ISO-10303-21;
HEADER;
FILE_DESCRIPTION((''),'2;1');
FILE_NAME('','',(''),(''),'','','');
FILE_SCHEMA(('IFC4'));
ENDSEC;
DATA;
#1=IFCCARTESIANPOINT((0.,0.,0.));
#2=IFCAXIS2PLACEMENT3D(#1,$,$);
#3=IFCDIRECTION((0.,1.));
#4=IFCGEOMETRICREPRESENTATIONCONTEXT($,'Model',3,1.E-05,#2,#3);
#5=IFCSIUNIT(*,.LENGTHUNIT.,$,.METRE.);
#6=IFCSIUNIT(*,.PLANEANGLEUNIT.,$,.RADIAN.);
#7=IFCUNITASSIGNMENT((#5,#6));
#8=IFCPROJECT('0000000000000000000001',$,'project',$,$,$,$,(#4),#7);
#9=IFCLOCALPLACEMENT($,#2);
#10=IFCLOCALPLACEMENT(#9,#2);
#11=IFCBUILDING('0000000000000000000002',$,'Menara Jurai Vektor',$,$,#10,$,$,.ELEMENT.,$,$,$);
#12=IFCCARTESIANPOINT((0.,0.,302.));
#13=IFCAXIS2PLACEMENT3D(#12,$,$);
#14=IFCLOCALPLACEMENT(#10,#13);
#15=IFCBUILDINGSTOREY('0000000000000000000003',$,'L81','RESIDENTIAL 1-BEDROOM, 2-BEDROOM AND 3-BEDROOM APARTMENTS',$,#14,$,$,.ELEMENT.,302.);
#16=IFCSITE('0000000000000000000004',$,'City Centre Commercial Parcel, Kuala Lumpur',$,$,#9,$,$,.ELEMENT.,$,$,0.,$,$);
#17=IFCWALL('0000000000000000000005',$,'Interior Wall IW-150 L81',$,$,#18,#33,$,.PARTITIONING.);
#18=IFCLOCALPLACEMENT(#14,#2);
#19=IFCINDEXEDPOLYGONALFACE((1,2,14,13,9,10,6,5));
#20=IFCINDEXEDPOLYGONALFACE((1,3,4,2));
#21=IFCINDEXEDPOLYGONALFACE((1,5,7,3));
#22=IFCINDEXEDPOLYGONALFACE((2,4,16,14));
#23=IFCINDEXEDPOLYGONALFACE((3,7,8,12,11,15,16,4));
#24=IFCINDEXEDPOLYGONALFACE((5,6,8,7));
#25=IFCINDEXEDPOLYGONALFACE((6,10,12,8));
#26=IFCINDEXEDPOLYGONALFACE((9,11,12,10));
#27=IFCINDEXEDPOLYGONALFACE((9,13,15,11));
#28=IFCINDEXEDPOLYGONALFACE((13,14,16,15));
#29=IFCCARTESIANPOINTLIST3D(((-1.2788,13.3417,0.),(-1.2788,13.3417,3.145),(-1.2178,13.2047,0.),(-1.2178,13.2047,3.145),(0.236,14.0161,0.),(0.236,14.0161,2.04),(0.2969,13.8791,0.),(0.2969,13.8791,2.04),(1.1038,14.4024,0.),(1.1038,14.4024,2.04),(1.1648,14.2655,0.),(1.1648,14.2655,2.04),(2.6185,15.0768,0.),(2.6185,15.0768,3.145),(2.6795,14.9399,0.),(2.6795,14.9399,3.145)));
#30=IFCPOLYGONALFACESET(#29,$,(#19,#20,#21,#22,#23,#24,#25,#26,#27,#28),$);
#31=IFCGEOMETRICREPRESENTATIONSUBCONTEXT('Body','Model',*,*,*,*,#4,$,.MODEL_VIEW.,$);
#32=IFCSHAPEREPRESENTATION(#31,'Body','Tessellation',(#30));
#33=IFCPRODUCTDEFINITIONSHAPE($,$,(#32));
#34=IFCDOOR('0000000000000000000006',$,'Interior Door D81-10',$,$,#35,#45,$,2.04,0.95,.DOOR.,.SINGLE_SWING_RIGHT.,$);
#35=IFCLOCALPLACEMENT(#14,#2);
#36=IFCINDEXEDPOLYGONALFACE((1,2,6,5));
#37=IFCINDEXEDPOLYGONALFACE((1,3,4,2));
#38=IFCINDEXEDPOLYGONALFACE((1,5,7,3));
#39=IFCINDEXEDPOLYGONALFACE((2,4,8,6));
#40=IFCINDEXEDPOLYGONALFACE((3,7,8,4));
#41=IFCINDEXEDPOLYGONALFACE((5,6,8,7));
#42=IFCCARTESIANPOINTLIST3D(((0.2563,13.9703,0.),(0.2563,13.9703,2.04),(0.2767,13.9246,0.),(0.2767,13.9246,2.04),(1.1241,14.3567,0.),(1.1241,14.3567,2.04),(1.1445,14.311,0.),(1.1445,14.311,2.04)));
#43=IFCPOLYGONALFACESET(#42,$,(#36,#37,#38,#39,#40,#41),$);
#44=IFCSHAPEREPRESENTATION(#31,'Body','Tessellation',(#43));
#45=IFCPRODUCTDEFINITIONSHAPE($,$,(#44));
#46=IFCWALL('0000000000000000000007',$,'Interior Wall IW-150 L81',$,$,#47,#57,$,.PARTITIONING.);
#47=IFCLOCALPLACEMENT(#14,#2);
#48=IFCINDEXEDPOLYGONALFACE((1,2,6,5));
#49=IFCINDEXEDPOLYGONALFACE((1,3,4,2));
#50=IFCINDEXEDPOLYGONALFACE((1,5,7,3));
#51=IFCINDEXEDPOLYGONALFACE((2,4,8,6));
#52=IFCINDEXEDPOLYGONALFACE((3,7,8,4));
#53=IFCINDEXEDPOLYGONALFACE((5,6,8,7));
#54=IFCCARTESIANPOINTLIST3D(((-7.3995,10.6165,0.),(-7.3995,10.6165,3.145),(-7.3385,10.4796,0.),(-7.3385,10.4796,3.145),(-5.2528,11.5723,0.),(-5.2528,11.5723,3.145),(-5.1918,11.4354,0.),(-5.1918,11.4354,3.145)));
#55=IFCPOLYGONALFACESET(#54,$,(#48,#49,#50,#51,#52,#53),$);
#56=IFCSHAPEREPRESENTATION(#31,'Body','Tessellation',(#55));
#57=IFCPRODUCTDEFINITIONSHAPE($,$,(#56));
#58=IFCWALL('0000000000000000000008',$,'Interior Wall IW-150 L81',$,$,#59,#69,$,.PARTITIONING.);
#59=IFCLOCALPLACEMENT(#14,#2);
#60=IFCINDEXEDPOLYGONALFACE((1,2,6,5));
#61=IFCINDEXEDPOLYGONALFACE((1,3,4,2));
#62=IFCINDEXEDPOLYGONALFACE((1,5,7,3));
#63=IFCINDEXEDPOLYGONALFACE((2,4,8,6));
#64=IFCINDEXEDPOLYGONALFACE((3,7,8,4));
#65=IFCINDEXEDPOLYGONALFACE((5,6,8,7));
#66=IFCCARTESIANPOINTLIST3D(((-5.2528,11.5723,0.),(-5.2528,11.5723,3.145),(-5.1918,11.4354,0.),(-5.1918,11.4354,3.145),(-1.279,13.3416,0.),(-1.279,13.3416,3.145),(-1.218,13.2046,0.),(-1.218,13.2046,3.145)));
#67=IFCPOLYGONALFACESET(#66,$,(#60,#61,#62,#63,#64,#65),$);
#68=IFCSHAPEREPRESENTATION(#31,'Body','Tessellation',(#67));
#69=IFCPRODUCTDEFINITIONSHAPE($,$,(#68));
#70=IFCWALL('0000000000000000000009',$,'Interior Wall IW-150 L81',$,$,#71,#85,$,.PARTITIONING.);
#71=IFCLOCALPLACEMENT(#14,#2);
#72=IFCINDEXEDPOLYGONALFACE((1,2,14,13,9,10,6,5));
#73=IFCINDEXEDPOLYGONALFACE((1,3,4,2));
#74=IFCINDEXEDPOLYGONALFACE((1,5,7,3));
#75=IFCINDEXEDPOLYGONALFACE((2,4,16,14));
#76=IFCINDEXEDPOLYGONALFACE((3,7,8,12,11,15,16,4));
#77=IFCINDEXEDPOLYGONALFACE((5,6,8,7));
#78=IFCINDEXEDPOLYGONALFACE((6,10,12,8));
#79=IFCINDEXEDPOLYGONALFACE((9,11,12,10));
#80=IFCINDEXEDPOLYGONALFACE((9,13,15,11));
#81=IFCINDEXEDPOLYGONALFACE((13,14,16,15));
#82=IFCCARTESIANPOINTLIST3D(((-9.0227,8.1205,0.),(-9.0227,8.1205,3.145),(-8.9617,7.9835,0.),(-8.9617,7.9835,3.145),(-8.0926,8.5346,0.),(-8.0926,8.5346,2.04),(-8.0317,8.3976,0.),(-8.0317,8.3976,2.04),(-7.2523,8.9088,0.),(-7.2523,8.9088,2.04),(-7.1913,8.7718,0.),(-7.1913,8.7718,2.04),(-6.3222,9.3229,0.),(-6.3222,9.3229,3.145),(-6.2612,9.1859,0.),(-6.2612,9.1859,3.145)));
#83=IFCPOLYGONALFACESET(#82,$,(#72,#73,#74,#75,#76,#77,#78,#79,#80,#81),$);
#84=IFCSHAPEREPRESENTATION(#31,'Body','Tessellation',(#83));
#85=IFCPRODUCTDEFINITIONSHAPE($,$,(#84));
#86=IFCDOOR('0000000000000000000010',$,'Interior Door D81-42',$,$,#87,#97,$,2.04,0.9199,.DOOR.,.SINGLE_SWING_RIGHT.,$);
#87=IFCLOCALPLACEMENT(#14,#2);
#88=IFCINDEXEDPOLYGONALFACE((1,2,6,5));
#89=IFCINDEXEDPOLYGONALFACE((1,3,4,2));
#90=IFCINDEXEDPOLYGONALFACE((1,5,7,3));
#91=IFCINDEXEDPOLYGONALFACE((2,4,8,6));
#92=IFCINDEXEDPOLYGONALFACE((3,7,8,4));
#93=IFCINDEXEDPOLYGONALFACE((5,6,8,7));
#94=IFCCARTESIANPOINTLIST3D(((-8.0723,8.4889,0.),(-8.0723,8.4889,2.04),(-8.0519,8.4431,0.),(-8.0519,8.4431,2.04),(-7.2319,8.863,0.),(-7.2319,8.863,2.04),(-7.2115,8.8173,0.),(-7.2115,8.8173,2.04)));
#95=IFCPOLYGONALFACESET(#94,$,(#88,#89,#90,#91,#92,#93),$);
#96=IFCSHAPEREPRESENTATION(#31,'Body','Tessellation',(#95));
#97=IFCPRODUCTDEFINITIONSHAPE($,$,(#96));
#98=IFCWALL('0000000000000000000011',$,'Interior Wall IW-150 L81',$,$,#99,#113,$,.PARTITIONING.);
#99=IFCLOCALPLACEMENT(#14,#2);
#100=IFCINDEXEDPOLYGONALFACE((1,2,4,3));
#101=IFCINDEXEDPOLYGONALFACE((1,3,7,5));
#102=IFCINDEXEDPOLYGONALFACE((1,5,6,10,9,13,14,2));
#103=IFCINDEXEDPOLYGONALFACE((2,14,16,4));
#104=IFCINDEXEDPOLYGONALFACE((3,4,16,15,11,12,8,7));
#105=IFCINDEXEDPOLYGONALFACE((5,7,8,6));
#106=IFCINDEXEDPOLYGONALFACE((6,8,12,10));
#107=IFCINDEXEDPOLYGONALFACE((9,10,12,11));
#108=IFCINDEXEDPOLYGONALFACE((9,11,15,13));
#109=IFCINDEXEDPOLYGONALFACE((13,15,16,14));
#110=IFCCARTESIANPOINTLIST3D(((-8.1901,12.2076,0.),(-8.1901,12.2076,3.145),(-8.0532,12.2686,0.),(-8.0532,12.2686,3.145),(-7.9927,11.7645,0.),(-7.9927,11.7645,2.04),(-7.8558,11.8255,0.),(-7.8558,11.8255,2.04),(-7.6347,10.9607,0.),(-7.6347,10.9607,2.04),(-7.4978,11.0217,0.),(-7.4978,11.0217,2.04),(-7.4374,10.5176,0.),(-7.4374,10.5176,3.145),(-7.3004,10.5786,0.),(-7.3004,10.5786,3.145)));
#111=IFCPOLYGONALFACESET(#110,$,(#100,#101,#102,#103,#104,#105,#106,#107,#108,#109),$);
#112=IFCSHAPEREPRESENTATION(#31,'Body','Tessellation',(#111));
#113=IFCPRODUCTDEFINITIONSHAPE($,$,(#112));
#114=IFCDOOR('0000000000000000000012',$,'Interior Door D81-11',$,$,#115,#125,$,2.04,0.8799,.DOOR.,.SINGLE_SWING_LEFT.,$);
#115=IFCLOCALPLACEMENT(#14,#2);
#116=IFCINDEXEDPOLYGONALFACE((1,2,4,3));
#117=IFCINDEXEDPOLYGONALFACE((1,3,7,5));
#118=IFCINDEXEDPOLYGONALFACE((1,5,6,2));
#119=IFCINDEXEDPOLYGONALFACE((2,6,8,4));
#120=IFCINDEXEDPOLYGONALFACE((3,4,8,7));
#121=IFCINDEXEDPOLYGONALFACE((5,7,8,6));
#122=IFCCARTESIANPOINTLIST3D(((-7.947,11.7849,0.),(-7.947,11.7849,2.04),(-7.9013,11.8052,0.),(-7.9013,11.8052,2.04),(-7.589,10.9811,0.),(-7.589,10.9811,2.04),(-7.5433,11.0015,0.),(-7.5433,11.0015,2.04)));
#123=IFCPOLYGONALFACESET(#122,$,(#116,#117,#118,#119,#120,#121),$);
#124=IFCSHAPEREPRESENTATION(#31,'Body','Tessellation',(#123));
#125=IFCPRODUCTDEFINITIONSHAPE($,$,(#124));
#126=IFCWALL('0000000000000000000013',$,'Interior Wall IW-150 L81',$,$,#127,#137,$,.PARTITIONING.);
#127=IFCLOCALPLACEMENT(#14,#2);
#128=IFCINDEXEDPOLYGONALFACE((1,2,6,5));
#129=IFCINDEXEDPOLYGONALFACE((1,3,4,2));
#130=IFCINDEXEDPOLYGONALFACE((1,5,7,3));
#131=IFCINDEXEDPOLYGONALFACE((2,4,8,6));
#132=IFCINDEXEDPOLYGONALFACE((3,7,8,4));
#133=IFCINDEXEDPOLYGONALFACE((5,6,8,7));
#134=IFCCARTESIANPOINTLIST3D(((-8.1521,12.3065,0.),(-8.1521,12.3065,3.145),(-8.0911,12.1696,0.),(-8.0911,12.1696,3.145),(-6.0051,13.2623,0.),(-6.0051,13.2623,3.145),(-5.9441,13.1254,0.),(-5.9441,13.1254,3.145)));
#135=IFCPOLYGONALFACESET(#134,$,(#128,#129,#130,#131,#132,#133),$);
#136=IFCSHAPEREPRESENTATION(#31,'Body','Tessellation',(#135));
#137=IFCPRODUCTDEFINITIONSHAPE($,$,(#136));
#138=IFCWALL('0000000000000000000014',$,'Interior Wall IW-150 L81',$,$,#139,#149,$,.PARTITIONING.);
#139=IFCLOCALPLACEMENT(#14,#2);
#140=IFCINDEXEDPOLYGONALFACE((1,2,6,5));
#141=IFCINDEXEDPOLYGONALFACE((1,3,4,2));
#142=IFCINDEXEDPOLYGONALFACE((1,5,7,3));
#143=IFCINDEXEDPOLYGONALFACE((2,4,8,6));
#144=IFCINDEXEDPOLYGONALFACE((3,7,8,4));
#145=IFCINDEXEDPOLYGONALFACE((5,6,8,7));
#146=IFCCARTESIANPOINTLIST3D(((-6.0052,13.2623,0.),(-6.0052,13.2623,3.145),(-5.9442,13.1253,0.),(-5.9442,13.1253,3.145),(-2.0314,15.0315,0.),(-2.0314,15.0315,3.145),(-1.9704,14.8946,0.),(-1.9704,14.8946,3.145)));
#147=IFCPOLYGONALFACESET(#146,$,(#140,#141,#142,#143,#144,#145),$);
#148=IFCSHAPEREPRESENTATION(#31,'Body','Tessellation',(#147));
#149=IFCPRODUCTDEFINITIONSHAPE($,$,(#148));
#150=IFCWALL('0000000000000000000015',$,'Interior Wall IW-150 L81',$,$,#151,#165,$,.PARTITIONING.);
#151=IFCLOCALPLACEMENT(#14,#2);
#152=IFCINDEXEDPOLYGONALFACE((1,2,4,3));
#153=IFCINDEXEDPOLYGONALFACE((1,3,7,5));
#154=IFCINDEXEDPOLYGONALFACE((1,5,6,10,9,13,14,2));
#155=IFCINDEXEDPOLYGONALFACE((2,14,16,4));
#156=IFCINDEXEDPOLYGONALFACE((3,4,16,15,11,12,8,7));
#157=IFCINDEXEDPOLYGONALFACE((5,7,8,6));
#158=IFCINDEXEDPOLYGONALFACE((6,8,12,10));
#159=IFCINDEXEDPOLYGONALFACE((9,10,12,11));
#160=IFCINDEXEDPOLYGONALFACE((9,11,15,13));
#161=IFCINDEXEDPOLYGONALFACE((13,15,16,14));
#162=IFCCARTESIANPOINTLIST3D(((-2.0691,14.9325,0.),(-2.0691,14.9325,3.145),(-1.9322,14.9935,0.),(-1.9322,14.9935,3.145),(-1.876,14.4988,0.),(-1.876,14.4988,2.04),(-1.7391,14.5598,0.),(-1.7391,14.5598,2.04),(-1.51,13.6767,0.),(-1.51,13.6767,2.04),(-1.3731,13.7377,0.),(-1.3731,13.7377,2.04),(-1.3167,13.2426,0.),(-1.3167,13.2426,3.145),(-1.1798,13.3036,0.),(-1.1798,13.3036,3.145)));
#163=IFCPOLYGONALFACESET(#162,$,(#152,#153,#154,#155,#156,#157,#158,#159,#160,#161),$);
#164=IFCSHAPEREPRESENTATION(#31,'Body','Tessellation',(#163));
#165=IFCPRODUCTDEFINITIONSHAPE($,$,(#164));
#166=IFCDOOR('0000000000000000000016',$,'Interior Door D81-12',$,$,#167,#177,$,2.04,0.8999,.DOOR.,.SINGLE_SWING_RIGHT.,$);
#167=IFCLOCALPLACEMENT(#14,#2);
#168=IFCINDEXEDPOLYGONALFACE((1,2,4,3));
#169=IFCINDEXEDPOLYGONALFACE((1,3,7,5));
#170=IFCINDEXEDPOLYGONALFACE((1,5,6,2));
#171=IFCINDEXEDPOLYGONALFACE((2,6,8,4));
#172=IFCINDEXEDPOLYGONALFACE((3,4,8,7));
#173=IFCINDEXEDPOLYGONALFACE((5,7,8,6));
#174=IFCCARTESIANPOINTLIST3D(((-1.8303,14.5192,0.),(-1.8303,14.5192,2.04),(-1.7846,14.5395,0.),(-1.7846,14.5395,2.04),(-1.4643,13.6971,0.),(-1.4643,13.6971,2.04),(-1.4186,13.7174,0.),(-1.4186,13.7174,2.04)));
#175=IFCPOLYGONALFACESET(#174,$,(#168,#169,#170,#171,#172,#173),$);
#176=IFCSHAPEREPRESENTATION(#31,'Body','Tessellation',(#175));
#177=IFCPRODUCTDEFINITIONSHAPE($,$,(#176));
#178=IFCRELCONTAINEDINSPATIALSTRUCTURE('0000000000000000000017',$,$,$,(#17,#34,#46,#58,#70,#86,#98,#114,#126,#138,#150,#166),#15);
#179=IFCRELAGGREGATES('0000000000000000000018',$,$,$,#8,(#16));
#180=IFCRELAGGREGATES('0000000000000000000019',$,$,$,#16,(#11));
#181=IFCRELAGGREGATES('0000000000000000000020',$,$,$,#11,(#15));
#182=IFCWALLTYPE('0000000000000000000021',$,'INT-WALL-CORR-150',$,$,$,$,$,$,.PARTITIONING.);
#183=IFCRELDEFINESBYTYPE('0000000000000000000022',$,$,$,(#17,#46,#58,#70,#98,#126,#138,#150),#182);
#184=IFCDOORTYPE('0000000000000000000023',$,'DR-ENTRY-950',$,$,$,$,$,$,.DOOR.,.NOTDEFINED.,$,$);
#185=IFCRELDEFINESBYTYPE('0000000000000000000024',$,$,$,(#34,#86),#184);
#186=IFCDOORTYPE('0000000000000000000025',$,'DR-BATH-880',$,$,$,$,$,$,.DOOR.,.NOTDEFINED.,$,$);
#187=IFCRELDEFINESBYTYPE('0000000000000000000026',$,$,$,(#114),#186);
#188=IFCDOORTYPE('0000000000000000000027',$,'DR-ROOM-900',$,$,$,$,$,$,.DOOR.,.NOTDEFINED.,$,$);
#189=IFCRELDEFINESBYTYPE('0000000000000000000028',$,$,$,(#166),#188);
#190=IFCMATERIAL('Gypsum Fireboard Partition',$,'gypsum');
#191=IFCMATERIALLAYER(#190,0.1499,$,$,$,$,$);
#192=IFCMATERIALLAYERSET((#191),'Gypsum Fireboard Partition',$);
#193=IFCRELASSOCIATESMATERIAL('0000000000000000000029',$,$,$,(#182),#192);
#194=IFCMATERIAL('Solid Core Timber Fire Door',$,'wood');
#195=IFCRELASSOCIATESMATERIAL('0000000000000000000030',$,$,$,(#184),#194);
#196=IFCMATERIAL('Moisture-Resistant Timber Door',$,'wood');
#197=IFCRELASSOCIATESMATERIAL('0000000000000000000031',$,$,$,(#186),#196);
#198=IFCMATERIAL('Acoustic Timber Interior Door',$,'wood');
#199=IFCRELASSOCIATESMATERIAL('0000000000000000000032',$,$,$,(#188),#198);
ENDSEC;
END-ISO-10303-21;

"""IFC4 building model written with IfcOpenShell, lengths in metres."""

from ifc_helpers import new_model, si_unit, direction, frame, frame_2d, origin, place, context, subcontext, project, spatial, rectangle, extrude, material, layer, layer_set, type_object, element, fill, save


model = new_model("IFC4")

# Units and contexts
model_context = context("Model", 3, precision=1e-05, world=origin(), true_north=direction((0.0, 1.0)))
body_context = subcontext(model_context, "Body", "Model", "MODEL_VIEW")
ifc_project = project(units=[si_unit("LENGTHUNIT", "METRE"), si_unit("PLANEANGLEUNIT", "RADIAN")], contexts=[model_context])

# Site, building, storey
site_placement = place(None, origin())
site = spatial("IfcSite", under=ifc_project, at=site_placement, Name="City Centre Commercial Parcel, Kuala Lumpur", CompositionType="ELEMENT", RefElevation=0.0)
building_placement = place(site_placement, origin())
building = spatial("IfcBuilding", under=site, at=building_placement, Name="Menara Jurai Vektor", CompositionType="ELEMENT")
storey_placement = place(building_placement, frame((0.0, 0.0, 302.0)))
storey = spatial("IfcBuildingStorey", under=building, at=storey_placement, Name="L81", Description="RESIDENTIAL 1-BEDROOM, 2-BEDROOM AND 3-BEDROOM APARTMENTS", CompositionType="ELEMENT", Elevation=302.0)

# Shared definitions
ifc_material_1 = material(Name="Gypsum Fireboard Partition", Category="gypsum")
ifc_layer_1 = layer(ifc_material_1, 0.1499)
ifc_layer_set_1 = layer_set([ifc_layer_1], Name="Gypsum Fireboard Partition")
wall_type_1 = type_object("IfcWallType", Name="INT-WALL-CORR-150", PredefinedType="PARTITIONING", material=ifc_layer_set_1)

# Wall, opening, door
wall_1_placement = place(storey_placement, frame((-1.2483, 13.2732, 0.0), z_axis=(0.0, 0.0, 1.0), x_axis=(0.913549, 0.406728, 0.0)))
wall_1 = element("IfcWall", 1, at=wall_1_placement, inside=storey, type_object=wall_type_1, Name="Interior Wall IW-150 L81", PredefinedType="PARTITIONING", context=body_context, shape_type="SweptSolid", body=[
    extrude(rectangle(XDim=4.2661, YDim=0.1499, at=frame_2d((2.1331, 0.0))), origin(), (0.0, 0.0, 1.0), 3.145),
])
opening_1_placement = place(wall_1_placement, frame((1.658, 0.0, 0.0)))
opening_1 = element("IfcOpeningElement", 2, at=opening_1_placement, cuts=wall_1, PredefinedType="OPENING", context=body_context, shape_type="SweptSolid", body=[
    extrude(rectangle(XDim=0.95, YDim=2.04, at=frame_2d((0.4751, 1.02))), frame((0.0, 0.085, 0.0), z_axis=(0.0, -1.0, 0.0), x_axis=(1.0, 0.0, 0.0)), (0.0, 0.0, 1.0), 0.1699),
])
ifc_material_2 = material(Name="Solid Core Timber Fire Door", Category="wood")
door_type_1 = type_object("IfcDoorType", Name="DR-ENTRY-950", OperationType="NOTDEFINED", PredefinedType="DOOR", material=ifc_material_2)
door_1_placement = place(opening_1_placement, origin())
door_1 = element("IfcDoor", 3, at=door_1_placement, inside=storey, type_object=door_type_1, Name="Interior Door D81-10", OperationType="SINGLE_SWING_RIGHT", OverallHeight=2.04, OverallWidth=0.95, PredefinedType="DOOR", context=body_context, shape_type="SweptSolid", body=[
    extrude(rectangle(XDim=0.95, YDim=2.04, at=frame_2d((0.4751, 1.02))), frame((0.0, 0.0249, 0.0), z_axis=(0.0, -1.0, 0.0), x_axis=(1.0, 0.0, 0.0)), (0.0, 0.0, 1.0), 0.05),
])
fill(opening_1, door_1)

# Walls
wall_2_placement = place(storey_placement, frame((-7.3689, 10.5481, 0.0), z_axis=(0.0, 0.0, 1.0), x_axis=(0.913541, 0.406746, 0.0)))
element("IfcWall", 4, at=wall_2_placement, inside=storey, type_object=wall_type_1, Name="Interior Wall IW-150 L81", PredefinedType="PARTITIONING", context=body_context, shape_type="SweptSolid", body=[
    extrude(rectangle(XDim=2.3499, YDim=0.1499, at=frame_2d((1.1748, 0.0))), origin(), (0.0, 0.0, 1.0), 3.145),
])
wall_3_placement = place(storey_placement, frame((-5.2222, 11.5039, 0.0), z_axis=(0.0, 0.0, 1.0), x_axis=(0.913545, 0.406737, 0.0)))
element("IfcWall", 5, at=wall_3_placement, inside=storey, type_object=wall_type_1, Name="Interior Wall IW-150 L81", PredefinedType="PARTITIONING", context=body_context, shape_type="SweptSolid", body=[
    extrude(rectangle(XDim=4.3499, YDim=0.1499, at=frame_2d((2.1748, 0.0))), origin(), (0.0, 0.0, 1.0), 3.145),
])

# Walls, openings, doors
wall_4_placement = place(storey_placement, frame((-8.9922, 8.052, 0.0), z_axis=(0.0, 0.0, 1.0), x_axis=(0.913535, 0.406759, 0.0)))
wall_4 = element("IfcWall", 6, at=wall_4_placement, inside=storey, type_object=wall_type_1, Name="Interior Wall IW-150 L81", PredefinedType="PARTITIONING", context=body_context, shape_type="SweptSolid", body=[
    extrude(rectangle(XDim=2.9561, YDim=0.1499, at=frame_2d((1.478, 0.0))), origin(), (0.0, 0.0, 1.0), 3.145),
])
opening_2_placement = place(wall_4_placement, frame((1.0181, 0.0, 0.0)))
opening_2 = element("IfcOpeningElement", 7, at=opening_2_placement, cuts=wall_4, PredefinedType="OPENING", context=body_context, shape_type="SweptSolid", body=[
    extrude(rectangle(XDim=0.9199, YDim=2.04, at=frame_2d((0.46, 1.02))), frame((0.0, 0.085, 0.0), z_axis=(0.0, -1.0, 0.0), x_axis=(1.0, 0.0, 0.0)), (0.0, 0.0, 1.0), 0.1699),
])
door_2_placement = place(opening_2_placement, origin())
door_2 = element("IfcDoor", 8, at=door_2_placement, inside=storey, type_object=door_type_1, Name="Interior Door D81-42", OperationType="SINGLE_SWING_RIGHT", OverallHeight=2.04, OverallWidth=0.9199, PredefinedType="DOOR", context=body_context, shape_type="SweptSolid", body=[
    extrude(rectangle(XDim=0.9199, YDim=2.04, at=frame_2d((0.46, 1.02))), frame((0.0, 0.0249, 0.0), z_axis=(0.0, -1.0, 0.0), x_axis=(1.0, 0.0, 0.0)), (0.0, 0.0, 1.0), 0.05),
])
fill(opening_2, door_2)
wall_5_placement = place(storey_placement, frame((-7.3689, 10.5481, 0.0), z_axis=(0.0, 0.0, 1.0), x_axis=(-0.406861, 0.91349, 0.0)))
wall_5 = element("IfcWall", 9, at=wall_5_placement, inside=storey, type_object=wall_type_1, Name="Interior Wall IW-150 L81", PredefinedType="PARTITIONING", context=body_context, shape_type="SweptSolid", body=[
    extrude(rectangle(XDim=1.8501, YDim=0.1499, at=frame_2d((0.925, 0.0))), origin(), (0.0, 0.0, 1.0), 3.145),
])
opening_3_placement = place(wall_5_placement, frame((0.4851, 0.0, 0.0)))
opening_3 = element("IfcOpeningElement", 10, at=opening_3_placement, cuts=wall_5, PredefinedType="OPENING", context=body_context, shape_type="SweptSolid", body=[
    extrude(rectangle(XDim=0.8799, YDim=2.04, at=frame_2d((0.4399, 1.02))), frame((0.0, 0.085, 0.0), z_axis=(0.0, -1.0, 0.0), x_axis=(1.0, 0.0, 0.0)), (0.0, 0.0, 1.0), 0.1699),
])
ifc_material_3 = material(Name="Moisture-Resistant Timber Door", Category="wood")
door_type_2 = type_object("IfcDoorType", Name="DR-BATH-880", OperationType="NOTDEFINED", PredefinedType="DOOR", material=ifc_material_3)
door_3_placement = place(opening_3_placement, origin())
door_3 = element("IfcDoor", 11, at=door_3_placement, inside=storey, type_object=door_type_2, Name="Interior Door D81-11", OperationType="SINGLE_SWING_LEFT", OverallHeight=2.04, OverallWidth=0.8799, PredefinedType="DOOR", context=body_context, shape_type="SweptSolid", body=[
    extrude(rectangle(XDim=0.8799, YDim=2.04, at=frame_2d((0.4399, 1.02))), frame((0.0, 0.0249, 0.0), z_axis=(0.0, -1.0, 0.0), x_axis=(1.0, 0.0, 0.0)), (0.0, 0.0, 1.0), 0.05),
])
fill(opening_3, door_3)

# Walls
wall_6_placement = place(storey_placement, frame((-8.1216, 12.238, 0.0), z_axis=(0.0, 0.0, 1.0), x_axis=(0.913559, 0.406707, 0.0)))
element("IfcWall", 12, at=wall_6_placement, inside=storey, type_object=wall_type_1, Name="Interior Wall IW-150 L81", PredefinedType="PARTITIONING", context=body_context, shape_type="SweptSolid", body=[
    extrude(rectangle(XDim=2.3501, YDim=0.1499, at=frame_2d((1.175, 0.0))), origin(), (0.0, 0.0, 1.0), 3.145),
])
wall_7_placement = place(storey_placement, frame((-5.9746, 13.1938, 0.0), z_axis=(0.0, 0.0, 1.0), x_axis=(0.913545, 0.406737, 0.0)))
element("IfcWall", 13, at=wall_7_placement, inside=storey, type_object=wall_type_1, Name="Interior Wall IW-150 L81", PredefinedType="PARTITIONING", context=body_context, shape_type="SweptSolid", body=[
    extrude(rectangle(XDim=4.3499, YDim=0.1499, at=frame_2d((2.1748, 0.0))), origin(), (0.0, 0.0, 1.0), 3.145),
])

# Wall, opening, door
wall_8_placement = place(storey_placement, frame((-1.2483, 13.2732, 0.0), z_axis=(0.0, 0.0, 1.0), x_axis=(-0.406751, 0.913539, 0.0)))
wall_8 = element("IfcWall", 14, at=wall_8_placement, inside=storey, type_object=wall_type_1, Name="Interior Wall IW-150 L81", PredefinedType="PARTITIONING", context=body_context, shape_type="SweptSolid", body=[
    extrude(rectangle(XDim=1.8499, YDim=0.1499, at=frame_2d((0.9248, 0.0))), origin(), (0.0, 0.0, 1.0), 3.145),
])
opening_4_placement = place(wall_8_placement, frame((0.4751, 0.0, 0.0)))
opening_4 = element("IfcOpeningElement", 15, at=opening_4_placement, cuts=wall_8, PredefinedType="OPENING", context=body_context, shape_type="SweptSolid", body=[
    extrude(rectangle(XDim=0.8999, YDim=2.04, at=frame_2d((0.45, 1.02))), frame((0.0, 0.085, 0.0), z_axis=(0.0, -1.0, 0.0), x_axis=(1.0, 0.0, 0.0)), (0.0, 0.0, 1.0), 0.1699),
])
ifc_material_4 = material(Name="Acoustic Timber Interior Door", Category="wood")
door_type_3 = type_object("IfcDoorType", Name="DR-ROOM-900", OperationType="NOTDEFINED", PredefinedType="DOOR", material=ifc_material_4)
door_4_placement = place(opening_4_placement, origin())
door_4 = element("IfcDoor", 16, at=door_4_placement, inside=storey, type_object=door_type_3, Name="Interior Door D81-12", OperationType="SINGLE_SWING_RIGHT", OverallHeight=2.04, OverallWidth=0.8999, PredefinedType="DOOR", context=body_context, shape_type="SweptSolid", body=[
    extrude(rectangle(XDim=0.8999, YDim=2.04, at=frame_2d((0.45, 1.02))), frame((0.0, 0.0249, 0.0), z_axis=(0.0, -1.0, 0.0), x_axis=(1.0, 0.0, 0.0)), (0.0, 0.0, 1.0), 0.05),
])
fill(opening_4, door_4)

save(model, "model.ifc")
